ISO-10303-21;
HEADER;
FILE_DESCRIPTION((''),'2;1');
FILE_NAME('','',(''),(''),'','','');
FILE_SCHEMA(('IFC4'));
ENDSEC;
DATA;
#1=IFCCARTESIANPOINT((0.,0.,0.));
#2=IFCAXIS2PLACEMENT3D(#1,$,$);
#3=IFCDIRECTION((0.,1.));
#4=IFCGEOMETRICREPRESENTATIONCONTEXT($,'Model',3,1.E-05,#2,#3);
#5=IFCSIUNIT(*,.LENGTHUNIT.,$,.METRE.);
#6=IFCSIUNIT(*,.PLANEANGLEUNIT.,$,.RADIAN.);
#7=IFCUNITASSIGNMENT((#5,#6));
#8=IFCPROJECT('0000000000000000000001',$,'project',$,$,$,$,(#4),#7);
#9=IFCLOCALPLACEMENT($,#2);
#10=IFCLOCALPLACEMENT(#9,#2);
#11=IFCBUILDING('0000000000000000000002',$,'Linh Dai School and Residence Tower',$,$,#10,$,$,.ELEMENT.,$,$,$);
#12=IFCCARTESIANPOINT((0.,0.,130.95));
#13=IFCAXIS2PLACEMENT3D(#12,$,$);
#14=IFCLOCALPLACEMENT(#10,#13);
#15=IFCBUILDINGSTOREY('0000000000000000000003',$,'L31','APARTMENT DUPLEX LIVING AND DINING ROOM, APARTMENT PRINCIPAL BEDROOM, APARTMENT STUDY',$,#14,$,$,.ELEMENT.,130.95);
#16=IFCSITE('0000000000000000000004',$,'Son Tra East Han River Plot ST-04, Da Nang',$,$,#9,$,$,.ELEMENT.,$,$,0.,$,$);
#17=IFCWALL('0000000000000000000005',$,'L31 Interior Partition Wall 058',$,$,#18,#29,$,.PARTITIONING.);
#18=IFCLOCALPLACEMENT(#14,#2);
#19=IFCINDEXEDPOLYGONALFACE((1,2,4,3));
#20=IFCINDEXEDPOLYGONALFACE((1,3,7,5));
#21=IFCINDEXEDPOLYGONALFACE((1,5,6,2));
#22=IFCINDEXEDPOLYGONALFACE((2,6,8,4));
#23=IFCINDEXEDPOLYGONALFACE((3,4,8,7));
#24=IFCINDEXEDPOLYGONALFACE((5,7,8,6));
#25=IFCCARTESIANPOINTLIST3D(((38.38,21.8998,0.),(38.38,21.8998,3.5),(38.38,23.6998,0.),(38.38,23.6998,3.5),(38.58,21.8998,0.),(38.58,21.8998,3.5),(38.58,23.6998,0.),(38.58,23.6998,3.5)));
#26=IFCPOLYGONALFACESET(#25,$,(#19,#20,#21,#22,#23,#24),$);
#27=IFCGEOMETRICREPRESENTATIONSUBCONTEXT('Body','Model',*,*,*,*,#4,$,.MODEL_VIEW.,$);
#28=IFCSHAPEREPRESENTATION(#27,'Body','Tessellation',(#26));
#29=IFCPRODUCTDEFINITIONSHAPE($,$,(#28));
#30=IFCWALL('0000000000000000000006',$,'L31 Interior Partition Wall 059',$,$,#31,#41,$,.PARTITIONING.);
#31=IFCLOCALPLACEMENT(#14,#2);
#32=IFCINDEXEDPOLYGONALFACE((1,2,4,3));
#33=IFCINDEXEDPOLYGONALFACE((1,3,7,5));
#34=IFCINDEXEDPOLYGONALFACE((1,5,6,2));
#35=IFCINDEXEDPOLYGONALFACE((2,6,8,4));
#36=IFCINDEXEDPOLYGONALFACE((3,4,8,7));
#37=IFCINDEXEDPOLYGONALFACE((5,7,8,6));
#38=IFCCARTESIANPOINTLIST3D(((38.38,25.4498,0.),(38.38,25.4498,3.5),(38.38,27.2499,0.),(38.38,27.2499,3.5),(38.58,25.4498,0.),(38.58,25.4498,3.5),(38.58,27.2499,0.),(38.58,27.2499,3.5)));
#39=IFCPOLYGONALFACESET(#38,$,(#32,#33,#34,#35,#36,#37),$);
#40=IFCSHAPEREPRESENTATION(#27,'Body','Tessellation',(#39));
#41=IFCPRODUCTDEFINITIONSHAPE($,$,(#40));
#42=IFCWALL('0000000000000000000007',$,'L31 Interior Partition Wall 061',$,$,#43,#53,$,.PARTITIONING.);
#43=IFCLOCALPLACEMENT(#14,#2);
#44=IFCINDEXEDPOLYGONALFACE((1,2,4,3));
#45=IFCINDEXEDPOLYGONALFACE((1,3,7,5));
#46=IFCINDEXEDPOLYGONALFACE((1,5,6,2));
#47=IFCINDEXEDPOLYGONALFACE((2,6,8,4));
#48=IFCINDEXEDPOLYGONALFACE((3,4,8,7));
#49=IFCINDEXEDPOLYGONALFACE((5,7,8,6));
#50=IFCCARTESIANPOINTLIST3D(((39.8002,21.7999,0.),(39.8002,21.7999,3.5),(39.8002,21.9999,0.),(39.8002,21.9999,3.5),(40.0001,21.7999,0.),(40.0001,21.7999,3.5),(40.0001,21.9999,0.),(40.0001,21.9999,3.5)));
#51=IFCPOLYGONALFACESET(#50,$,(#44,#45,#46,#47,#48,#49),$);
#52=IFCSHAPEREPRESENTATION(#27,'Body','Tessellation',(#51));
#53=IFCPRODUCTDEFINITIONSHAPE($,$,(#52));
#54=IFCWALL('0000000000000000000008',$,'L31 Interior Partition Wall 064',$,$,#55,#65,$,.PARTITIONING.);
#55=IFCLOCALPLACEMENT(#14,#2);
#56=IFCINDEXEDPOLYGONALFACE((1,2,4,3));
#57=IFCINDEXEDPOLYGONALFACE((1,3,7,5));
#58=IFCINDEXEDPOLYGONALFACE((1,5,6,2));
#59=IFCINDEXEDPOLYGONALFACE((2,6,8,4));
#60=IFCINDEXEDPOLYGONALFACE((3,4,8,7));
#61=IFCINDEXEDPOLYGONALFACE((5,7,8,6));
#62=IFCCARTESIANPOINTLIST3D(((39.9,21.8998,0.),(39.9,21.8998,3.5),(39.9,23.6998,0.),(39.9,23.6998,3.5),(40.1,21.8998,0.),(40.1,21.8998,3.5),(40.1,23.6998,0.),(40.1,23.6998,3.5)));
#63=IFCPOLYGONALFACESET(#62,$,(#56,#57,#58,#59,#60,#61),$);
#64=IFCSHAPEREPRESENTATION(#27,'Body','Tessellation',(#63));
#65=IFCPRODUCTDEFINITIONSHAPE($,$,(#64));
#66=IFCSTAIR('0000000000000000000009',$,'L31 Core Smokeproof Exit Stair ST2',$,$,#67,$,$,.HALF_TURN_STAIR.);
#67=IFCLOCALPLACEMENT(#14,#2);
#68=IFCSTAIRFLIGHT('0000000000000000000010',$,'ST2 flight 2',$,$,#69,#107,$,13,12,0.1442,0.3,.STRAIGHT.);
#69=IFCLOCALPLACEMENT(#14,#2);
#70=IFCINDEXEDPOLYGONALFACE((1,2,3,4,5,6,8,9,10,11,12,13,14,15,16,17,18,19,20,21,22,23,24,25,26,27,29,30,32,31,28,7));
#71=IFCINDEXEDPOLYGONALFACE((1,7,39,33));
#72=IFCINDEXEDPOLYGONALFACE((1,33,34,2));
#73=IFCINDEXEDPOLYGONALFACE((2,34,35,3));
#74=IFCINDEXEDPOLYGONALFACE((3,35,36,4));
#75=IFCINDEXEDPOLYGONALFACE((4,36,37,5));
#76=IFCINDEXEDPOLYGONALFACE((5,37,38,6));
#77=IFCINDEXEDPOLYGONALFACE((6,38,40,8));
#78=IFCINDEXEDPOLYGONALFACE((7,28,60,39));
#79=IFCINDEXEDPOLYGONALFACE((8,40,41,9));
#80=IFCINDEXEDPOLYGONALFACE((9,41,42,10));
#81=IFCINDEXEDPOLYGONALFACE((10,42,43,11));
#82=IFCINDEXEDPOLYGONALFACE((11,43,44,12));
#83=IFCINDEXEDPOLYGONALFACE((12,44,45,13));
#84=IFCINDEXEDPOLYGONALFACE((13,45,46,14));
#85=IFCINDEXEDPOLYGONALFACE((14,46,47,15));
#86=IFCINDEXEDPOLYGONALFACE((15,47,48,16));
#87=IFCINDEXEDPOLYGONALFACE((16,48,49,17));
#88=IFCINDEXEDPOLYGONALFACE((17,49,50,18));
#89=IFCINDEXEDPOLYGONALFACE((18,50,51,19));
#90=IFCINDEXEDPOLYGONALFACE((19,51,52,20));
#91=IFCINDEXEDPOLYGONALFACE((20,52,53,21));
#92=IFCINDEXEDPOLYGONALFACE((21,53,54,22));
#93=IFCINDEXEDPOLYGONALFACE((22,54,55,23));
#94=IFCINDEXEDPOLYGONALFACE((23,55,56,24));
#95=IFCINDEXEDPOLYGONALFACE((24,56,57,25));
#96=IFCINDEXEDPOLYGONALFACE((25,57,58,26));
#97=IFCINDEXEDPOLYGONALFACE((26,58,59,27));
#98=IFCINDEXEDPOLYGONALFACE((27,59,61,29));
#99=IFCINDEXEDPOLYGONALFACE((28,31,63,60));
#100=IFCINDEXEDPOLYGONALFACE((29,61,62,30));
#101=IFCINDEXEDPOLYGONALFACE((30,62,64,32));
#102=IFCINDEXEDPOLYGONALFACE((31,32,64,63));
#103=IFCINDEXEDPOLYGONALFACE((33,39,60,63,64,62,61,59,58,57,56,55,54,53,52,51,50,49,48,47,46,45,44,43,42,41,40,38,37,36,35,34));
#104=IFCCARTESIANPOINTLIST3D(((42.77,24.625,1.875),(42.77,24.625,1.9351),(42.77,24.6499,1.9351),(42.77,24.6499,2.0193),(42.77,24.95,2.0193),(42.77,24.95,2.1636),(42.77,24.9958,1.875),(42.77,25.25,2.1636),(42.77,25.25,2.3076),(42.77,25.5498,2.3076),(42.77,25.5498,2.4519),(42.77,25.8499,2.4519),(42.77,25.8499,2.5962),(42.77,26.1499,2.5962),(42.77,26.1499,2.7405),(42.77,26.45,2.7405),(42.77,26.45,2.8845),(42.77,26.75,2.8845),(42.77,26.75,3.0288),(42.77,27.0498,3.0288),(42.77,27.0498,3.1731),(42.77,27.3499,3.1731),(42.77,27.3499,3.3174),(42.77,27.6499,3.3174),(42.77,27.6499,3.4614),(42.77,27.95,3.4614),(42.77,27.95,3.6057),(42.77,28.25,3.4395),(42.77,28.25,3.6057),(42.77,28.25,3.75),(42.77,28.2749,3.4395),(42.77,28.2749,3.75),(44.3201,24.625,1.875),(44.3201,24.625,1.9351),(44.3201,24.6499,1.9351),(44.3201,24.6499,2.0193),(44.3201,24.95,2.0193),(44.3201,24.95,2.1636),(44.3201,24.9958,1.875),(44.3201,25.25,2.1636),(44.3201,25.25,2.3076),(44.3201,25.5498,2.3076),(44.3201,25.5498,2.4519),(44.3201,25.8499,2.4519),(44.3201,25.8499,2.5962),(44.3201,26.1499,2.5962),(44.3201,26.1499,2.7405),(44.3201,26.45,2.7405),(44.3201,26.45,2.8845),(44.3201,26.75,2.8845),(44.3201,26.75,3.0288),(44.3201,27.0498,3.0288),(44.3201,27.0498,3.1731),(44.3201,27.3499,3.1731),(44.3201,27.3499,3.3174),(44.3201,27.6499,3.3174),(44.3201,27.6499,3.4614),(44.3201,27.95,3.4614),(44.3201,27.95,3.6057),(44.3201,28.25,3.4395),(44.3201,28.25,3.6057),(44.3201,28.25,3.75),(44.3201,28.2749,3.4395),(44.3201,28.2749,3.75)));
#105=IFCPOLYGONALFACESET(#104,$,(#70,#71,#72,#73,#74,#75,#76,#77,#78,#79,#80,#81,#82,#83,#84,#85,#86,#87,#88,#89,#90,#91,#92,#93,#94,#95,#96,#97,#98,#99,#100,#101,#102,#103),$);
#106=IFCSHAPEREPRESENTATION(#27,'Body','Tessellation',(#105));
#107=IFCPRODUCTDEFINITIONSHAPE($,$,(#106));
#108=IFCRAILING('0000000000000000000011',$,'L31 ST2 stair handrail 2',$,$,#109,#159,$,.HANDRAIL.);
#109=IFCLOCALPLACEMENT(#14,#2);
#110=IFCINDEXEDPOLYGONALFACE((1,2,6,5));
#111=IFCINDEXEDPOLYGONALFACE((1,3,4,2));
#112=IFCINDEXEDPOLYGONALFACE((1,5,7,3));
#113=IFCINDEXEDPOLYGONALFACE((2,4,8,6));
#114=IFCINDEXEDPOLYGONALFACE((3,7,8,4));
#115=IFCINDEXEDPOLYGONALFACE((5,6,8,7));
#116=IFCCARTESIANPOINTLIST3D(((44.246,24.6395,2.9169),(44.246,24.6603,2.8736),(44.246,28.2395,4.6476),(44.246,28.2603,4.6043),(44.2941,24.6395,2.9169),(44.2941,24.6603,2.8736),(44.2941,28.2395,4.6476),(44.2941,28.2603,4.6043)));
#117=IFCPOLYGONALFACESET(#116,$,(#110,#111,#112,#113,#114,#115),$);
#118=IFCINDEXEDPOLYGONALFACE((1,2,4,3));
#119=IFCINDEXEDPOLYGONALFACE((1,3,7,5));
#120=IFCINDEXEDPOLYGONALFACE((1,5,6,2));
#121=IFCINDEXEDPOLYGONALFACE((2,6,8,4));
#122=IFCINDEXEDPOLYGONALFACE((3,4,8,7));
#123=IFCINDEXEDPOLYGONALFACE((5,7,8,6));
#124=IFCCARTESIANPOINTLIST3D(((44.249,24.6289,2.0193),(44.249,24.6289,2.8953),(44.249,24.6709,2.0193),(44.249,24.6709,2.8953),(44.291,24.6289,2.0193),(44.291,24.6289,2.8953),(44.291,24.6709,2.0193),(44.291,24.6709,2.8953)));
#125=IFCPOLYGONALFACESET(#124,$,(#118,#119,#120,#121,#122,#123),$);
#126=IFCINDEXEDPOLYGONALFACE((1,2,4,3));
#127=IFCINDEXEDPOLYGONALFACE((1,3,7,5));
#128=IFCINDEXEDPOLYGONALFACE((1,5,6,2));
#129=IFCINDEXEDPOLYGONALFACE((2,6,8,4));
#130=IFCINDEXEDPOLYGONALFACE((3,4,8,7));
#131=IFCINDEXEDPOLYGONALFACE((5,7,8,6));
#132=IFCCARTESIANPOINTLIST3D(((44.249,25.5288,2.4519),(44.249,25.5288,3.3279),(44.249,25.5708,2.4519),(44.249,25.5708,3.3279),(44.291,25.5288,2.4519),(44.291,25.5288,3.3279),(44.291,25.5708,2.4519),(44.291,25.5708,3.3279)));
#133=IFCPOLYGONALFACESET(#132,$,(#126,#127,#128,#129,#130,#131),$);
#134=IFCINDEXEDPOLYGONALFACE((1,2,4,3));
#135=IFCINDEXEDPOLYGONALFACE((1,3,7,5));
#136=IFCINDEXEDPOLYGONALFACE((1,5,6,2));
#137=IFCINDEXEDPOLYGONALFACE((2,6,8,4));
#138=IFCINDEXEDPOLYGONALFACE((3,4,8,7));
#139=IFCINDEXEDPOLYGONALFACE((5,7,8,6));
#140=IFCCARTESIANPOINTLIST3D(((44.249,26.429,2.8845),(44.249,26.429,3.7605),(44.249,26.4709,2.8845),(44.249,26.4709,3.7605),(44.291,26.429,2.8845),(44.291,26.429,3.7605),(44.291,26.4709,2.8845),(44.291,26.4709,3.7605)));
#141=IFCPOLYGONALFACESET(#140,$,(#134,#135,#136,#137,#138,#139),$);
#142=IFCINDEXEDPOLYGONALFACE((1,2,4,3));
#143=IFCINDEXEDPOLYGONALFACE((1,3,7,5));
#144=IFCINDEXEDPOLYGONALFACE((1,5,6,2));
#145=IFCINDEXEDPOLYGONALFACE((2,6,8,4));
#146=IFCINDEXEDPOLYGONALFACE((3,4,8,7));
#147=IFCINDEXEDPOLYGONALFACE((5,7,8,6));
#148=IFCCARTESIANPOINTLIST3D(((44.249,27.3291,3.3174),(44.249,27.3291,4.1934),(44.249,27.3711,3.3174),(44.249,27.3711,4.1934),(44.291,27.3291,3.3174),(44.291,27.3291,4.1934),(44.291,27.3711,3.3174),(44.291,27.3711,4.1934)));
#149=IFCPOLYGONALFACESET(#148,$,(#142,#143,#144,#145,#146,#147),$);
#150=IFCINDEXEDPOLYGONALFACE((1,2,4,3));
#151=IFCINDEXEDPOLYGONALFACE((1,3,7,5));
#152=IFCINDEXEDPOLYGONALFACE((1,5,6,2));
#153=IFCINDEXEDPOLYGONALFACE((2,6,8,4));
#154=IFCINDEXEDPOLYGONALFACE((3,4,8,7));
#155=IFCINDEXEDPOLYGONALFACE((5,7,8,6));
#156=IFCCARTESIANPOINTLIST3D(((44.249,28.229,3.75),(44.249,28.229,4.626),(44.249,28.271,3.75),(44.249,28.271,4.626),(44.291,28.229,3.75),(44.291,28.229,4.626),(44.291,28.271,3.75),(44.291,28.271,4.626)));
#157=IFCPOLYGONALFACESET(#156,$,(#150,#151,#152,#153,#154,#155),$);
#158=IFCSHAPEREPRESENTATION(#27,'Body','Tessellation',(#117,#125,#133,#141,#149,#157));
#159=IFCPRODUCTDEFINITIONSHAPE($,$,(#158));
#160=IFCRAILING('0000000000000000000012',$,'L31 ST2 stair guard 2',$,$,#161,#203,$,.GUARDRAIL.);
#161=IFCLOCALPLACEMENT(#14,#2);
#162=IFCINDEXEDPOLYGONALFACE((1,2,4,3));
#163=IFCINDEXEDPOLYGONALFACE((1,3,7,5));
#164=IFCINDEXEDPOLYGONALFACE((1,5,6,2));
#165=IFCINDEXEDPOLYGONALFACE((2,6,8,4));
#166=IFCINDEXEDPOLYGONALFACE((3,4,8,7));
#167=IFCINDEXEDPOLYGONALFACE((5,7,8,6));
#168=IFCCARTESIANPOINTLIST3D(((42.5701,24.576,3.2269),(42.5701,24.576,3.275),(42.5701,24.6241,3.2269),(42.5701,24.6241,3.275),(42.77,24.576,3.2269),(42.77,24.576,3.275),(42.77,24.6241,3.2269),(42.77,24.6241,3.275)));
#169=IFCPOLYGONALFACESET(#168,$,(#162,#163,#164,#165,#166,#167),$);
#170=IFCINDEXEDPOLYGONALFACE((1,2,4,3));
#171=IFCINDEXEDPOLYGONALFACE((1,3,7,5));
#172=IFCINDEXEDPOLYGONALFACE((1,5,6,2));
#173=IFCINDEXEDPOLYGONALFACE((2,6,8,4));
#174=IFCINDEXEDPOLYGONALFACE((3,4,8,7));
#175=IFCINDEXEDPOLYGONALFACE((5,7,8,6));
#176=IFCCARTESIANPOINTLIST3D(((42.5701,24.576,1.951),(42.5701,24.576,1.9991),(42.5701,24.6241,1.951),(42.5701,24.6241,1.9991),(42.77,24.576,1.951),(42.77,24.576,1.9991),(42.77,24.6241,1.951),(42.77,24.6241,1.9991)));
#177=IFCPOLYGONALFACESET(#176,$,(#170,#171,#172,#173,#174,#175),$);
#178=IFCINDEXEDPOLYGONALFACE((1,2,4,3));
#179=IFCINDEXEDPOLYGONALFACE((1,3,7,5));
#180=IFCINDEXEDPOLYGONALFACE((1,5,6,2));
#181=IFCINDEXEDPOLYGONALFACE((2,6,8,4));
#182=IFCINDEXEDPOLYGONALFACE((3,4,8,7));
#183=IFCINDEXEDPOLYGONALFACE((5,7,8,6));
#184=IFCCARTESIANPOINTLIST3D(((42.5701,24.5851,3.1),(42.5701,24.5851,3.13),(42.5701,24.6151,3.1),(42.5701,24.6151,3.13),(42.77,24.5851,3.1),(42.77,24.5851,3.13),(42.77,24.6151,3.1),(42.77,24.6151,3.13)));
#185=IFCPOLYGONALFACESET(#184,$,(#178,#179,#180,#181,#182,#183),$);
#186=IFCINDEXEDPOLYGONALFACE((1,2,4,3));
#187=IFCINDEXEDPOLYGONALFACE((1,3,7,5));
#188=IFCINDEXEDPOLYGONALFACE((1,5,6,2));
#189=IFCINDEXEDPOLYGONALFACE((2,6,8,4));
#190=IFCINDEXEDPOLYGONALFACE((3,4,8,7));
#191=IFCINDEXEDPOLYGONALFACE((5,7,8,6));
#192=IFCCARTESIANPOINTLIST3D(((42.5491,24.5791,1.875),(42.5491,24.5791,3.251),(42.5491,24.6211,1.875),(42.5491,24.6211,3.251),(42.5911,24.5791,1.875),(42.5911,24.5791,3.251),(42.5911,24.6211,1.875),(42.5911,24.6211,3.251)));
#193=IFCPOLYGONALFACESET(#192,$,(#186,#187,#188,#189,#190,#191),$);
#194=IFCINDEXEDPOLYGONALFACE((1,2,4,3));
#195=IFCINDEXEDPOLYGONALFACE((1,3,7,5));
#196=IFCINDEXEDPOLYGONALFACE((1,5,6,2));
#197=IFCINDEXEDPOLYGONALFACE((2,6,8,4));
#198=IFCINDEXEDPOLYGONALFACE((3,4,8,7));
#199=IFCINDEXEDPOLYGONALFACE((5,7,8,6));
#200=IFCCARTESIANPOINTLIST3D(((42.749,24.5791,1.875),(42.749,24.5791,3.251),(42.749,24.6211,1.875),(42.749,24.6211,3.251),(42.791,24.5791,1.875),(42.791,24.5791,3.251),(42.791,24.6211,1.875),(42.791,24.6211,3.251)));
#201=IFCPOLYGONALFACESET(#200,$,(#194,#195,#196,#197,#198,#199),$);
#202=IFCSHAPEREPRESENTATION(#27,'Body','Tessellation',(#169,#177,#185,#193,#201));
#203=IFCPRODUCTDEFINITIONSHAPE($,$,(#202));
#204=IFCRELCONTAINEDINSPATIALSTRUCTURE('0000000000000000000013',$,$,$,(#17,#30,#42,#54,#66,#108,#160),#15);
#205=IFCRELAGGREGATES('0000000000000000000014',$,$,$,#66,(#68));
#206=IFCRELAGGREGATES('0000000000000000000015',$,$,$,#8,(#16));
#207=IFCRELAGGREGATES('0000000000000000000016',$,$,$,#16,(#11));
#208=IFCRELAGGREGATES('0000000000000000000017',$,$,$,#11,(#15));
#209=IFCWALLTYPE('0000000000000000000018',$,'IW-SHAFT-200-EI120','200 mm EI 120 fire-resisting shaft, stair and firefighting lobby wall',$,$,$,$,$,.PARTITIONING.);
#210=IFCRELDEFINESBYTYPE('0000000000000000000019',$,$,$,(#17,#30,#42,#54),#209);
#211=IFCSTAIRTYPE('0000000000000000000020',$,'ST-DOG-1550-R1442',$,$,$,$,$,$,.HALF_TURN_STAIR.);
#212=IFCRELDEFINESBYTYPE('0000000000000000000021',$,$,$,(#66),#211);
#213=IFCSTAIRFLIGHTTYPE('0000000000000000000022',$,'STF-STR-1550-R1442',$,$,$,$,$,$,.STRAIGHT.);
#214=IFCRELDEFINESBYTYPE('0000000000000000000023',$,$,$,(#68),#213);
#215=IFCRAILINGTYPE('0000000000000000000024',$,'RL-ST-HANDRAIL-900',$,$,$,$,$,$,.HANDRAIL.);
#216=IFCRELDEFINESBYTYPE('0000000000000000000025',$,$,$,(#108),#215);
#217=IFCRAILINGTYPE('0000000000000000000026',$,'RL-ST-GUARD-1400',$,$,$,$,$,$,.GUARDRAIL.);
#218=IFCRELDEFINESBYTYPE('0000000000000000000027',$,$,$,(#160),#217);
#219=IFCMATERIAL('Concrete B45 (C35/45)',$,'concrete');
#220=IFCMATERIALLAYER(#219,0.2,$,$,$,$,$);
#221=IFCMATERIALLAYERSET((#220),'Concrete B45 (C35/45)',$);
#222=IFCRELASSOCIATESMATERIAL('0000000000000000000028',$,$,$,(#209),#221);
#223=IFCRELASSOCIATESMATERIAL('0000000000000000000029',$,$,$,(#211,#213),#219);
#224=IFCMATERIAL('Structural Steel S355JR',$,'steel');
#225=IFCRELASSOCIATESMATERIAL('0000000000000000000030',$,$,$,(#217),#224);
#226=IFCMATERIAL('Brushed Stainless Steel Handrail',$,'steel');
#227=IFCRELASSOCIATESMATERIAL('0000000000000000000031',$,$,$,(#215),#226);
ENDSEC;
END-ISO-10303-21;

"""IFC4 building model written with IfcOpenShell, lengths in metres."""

from ifc_helpers import new_model, si_unit, direction, frame, frame_2d, origin, origin_2d, place, context, subcontext, project, spatial, polyline, rectangle, outline, extrude, source, transform, mapped, material, layer, layer_set, type_object, element, aggregate, save


model = new_model("IFC4")

# Units and contexts
model_context = context("Model", 3, precision=1e-05, world=origin(), true_north=direction((0.0, 1.0)))
body_context = subcontext(model_context, "Body", "Model", "MODEL_VIEW")
ifc_project = project(units=[si_unit("LENGTHUNIT", "METRE"), si_unit("PLANEANGLEUNIT", "RADIAN")], contexts=[model_context])

# Site, building, storey
site_placement = place(None, origin())
site = spatial("IfcSite", under=ifc_project, at=site_placement, Name="Son Tra East Han River Plot ST-04, Da Nang", CompositionType="ELEMENT", RefElevation=0.0)
building_placement = place(site_placement, origin())
building = spatial("IfcBuilding", under=site, at=building_placement, Name="Linh Dai School and Residence Tower", CompositionType="ELEMENT")
storey_placement = place(building_placement, frame((0.0, 0.0, 130.95)))
storey = spatial("IfcBuildingStorey", under=building, at=storey_placement, Name="L31", Description="APARTMENT DUPLEX LIVING AND DINING ROOM, APARTMENT PRINCIPAL BEDROOM, APARTMENT STUDY", CompositionType="ELEMENT", Elevation=130.95)

# Shared definitions
ifc_material_1 = material(Name="Structural Steel S355JR", Category="steel")

# Walls
ifc_material_2 = material(Name="Concrete B45 (C35/45)", Category="concrete")
ifc_layer_1 = layer(ifc_material_2, 0.2)
ifc_layer_set_1 = layer_set([ifc_layer_1], Name="Concrete B45 (C35/45)")
wall_type_1 = type_object("IfcWallType", Name="IW-SHAFT-200-EI120", Description="200 mm EI 120 fire-resisting shaft, stair and firefighting lobby wall", PredefinedType="PARTITIONING", material=ifc_layer_set_1)
for number, where, z_axis, x_axis, name in (
    (1, (38.48, 21.8999, 0.0), (0.0, 0.0, 1.0), (0.0, 1.0, 0.0), "L31 Interior Partition Wall 058"),
    (2, (38.48, 25.45, 0.0), (0.0, 0.0, 1.0), (0.0, 1.0, 0.0), "L31 Interior Partition Wall 059"),
):
    element("IfcWall", number, at=place(storey_placement, frame(where, z_axis=z_axis, x_axis=x_axis)), inside=storey, type_object=wall_type_1, Name=name, PredefinedType="PARTITIONING", context=body_context, shape_type="SweptSolid", body=[
        extrude(rectangle(XDim=1.8, YDim=0.2, at=frame_2d((0.8999, 0.0))), origin(), (0.0, 0.0, 1.0), 3.5),
    ])
wall_1_placement = place(storey_placement, frame((39.8, 21.8999, 0.0), z_axis=(0.0, 0.0, 1.0), x_axis=(1.0, 0.0, 0.0)))
element("IfcWall", 3, at=wall_1_placement, inside=storey, type_object=wall_type_1, Name="L31 Interior Partition Wall 061", PredefinedType="PARTITIONING", context=body_context, shape_type="SweptSolid", body=[
    extrude(rectangle(XDim=0.2, YDim=0.2, at=frame_2d((0.1001, 0.0))), origin(), (0.0, 0.0, 1.0), 3.5),
])
wall_2_placement = place(storey_placement, frame((40.0, 21.8999, 0.0), z_axis=(0.0, 0.0, 1.0), x_axis=(0.0, 1.0, 0.0)))
element("IfcWall", 4, at=wall_2_placement, inside=storey, type_object=wall_type_1, Name="L31 Interior Partition Wall 064", PredefinedType="PARTITIONING", context=body_context, shape_type="SweptSolid", body=[
    extrude(rectangle(XDim=1.8, YDim=0.2, at=frame_2d((0.8999, 0.0))), origin(), (0.0, 0.0, 1.0), 3.5),
])

# Stair, stair flight
stair_type = type_object("IfcStairType", Name="ST-DOG-1550-R1442", PredefinedType="HALF_TURN_STAIR", material=ifc_material_2)
stair_placement = place(storey_placement, origin())
stair = element("IfcStair", 5, at=stair_placement, inside=storey, type_object=stair_type, Name="L31 Core Smokeproof Exit Stair ST2", PredefinedType="HALF_TURN_STAIR")
stair_flight_type = type_object("IfcStairFlightType", Name="STF-STR-1550-R1442", PredefinedType="STRAIGHT", material=ifc_material_2)
shared_shape_1 = source(origin(), body_context, "Body", "SweptSolid", [
    extrude(outline(polyline([(-0.0249, 0.0), (-0.0249, 0.0601), (0.0, 0.0601), (0.0, 0.1443), (0.3, 0.1443), (0.3, 0.2886), (0.6001, 0.2886), (0.6001, 0.4326), (0.8999, 0.4326), (0.8999, 0.5769), (1.2, 0.5769), (1.2, 0.7212), (1.5, 0.7212), (1.5, 0.8655), (1.8, 0.8655), (1.8, 1.0095), (2.1001, 1.0095), (2.1001, 1.1538), (2.3999, 1.1538), (2.3999, 1.2981), (2.7, 1.2981), (2.7, 1.4424), (3.0, 1.4424), (3.0, 1.5864), (3.3, 1.5864), (3.3, 1.7307), (3.6001, 1.7307), (3.6001, 1.875), (3.625, 1.875), (3.625, 1.5645), (3.6001, 1.5645), (0.3459, 0.0), (-0.0249, 0.0)])), frame((0.0, 0.7749, 0.0), z_axis=(0.0, -1.0, 0.0), x_axis=(1.0, 0.0, 0.0)), (0.0, 0.0, 1.0), 1.55),
])
stair_flight_placement = place(storey_placement, frame((43.5449, 24.6499, 1.875), z_axis=(0.0, 0.0, 1.0), x_axis=(0.0, 1.0, 0.0)))
stair_flight = element("IfcStairFlight", 6, at=stair_flight_placement, type_object=stair_flight_type, Name="ST2 flight 2", NumberOfRisers=13, NumberOfTreads=12, PredefinedType="STRAIGHT", RiserHeight=0.1442, TreadLength=0.3, context=body_context, shape_type="MappedRepresentation", body=[
    mapped(shared_shape_1, transform((0.0, 0.0, 0.0), x_axis=(1.0, 0.0, 0.0), y_axis=(0.0, 1.0, 0.0), z_axis=(0.0, 0.0, 1.0), scale=1.0)),
])
aggregate(stair, [stair_flight])

# Railings
railing_type_1 = type_object("IfcRailingType", Name="RL-ST-GUARD-1400", PredefinedType="GUARDRAIL", material=ifc_material_1)
ifc_material_3 = material(Name="Brushed Stainless Steel Handrail", Category="steel")
railing_type_2 = type_object("IfcRailingType", Name="RL-ST-HANDRAIL-900", PredefinedType="HANDRAIL", material=ifc_material_3)
shared_shape_2 = source(origin(), body_context, "Body", "SweptSolid", [
    extrude(rectangle(XDim=0.0481, YDim=0.0481, at=origin_2d()), frame((0.0, 0.0, 0.876), z_axis=(0.0, 0.901263, 0.433273), x_axis=(-1.0, 0.0, 0.0)), (0.0, 0.0, 1.0), 3.9944),
    extrude(rectangle(XDim=0.042, YDim=0.042, at=origin_2d()), origin(), (0.0, 0.0, 1.0), 0.876),
    extrude(rectangle(XDim=0.042, YDim=0.042, at=origin_2d()), frame((0.0, 0.8999, 0.4326)), (0.0, 0.0, 1.0), 0.876),
    extrude(rectangle(XDim=0.042, YDim=0.042, at=origin_2d()), frame((0.0, 1.8, 0.8652)), (0.0, 0.0, 1.0), 0.876),
    extrude(rectangle(XDim=0.042, YDim=0.042, at=origin_2d()), frame((0.0, 2.7002, 1.2981)), (0.0, 0.0, 1.0), 0.876),
    extrude(rectangle(XDim=0.042, YDim=0.042, at=origin_2d()), frame((0.0, 3.6001, 1.7307)), (0.0, 0.0, 1.0), 0.876),
])
railing_1_placement = place(storey_placement, frame((44.27, 24.6499, 2.0193)))
element("IfcRailing", 7, at=railing_1_placement, inside=storey, type_object=railing_type_2, Name="L31 ST2 stair handrail 2", PredefinedType="HANDRAIL", context=body_context, shape_type="MappedRepresentation", body=[
    mapped(shared_shape_2, transform((0.0, 0.0, 0.0), x_axis=(1.0, 0.0, 0.0), y_axis=(0.0, 1.0, 0.0), z_axis=(0.0, 0.0, 1.0), scale=1.0)),
])
shared_shape_3 = source(origin(), body_context, "Body", "SweptSolid", [
    extrude(rectangle(XDim=0.0481, YDim=0.0481, at=origin_2d()), frame((0.0, 0.0, 1.376), z_axis=(1.0, 0.0, 0.0), x_axis=(0.0, 1.0, 0.0)), (0.0, 0.0, 1.0), 0.2),
    extrude(rectangle(XDim=0.0481, YDim=0.0481, at=origin_2d()), frame((0.0, 0.0, 0.1001), z_axis=(1.0, 0.0, 0.0), x_axis=(0.0, 1.0, 0.0)), (0.0, 0.0, 1.0), 0.2),
    extrude(rectangle(XDim=0.03, YDim=0.03, at=origin_2d()), frame((0.0, 0.0, 1.24), z_axis=(1.0, 0.0, 0.0), x_axis=(0.0, 1.0, 0.0)), (0.0, 0.0, 1.0), 0.2),
    extrude(rectangle(XDim=0.042, YDim=0.042, at=origin_2d()), origin(), (0.0, 0.0, 1.0), 1.376),
    extrude(rectangle(XDim=0.042, YDim=0.042, at=origin_2d()), frame((0.2, 0.0, 0.0)), (0.0, 0.0, 1.0), 1.376),
])
railing_2_placement = place(storey_placement, frame((42.5701, 24.6001, 1.875)))
element("IfcRailing", 8, at=railing_2_placement, inside=storey, type_object=railing_type_1, Name="L31 ST2 stair guard 2", PredefinedType="GUARDRAIL", context=body_context, shape_type="MappedRepresentation", body=[
    mapped(shared_shape_3, transform((0.0, 0.0, 0.0), x_axis=(1.0, 0.0, 0.0), y_axis=(0.0, 1.0, 0.0), z_axis=(0.0, 0.0, 1.0), scale=1.0)),
])

save(model, "model.ifc")
